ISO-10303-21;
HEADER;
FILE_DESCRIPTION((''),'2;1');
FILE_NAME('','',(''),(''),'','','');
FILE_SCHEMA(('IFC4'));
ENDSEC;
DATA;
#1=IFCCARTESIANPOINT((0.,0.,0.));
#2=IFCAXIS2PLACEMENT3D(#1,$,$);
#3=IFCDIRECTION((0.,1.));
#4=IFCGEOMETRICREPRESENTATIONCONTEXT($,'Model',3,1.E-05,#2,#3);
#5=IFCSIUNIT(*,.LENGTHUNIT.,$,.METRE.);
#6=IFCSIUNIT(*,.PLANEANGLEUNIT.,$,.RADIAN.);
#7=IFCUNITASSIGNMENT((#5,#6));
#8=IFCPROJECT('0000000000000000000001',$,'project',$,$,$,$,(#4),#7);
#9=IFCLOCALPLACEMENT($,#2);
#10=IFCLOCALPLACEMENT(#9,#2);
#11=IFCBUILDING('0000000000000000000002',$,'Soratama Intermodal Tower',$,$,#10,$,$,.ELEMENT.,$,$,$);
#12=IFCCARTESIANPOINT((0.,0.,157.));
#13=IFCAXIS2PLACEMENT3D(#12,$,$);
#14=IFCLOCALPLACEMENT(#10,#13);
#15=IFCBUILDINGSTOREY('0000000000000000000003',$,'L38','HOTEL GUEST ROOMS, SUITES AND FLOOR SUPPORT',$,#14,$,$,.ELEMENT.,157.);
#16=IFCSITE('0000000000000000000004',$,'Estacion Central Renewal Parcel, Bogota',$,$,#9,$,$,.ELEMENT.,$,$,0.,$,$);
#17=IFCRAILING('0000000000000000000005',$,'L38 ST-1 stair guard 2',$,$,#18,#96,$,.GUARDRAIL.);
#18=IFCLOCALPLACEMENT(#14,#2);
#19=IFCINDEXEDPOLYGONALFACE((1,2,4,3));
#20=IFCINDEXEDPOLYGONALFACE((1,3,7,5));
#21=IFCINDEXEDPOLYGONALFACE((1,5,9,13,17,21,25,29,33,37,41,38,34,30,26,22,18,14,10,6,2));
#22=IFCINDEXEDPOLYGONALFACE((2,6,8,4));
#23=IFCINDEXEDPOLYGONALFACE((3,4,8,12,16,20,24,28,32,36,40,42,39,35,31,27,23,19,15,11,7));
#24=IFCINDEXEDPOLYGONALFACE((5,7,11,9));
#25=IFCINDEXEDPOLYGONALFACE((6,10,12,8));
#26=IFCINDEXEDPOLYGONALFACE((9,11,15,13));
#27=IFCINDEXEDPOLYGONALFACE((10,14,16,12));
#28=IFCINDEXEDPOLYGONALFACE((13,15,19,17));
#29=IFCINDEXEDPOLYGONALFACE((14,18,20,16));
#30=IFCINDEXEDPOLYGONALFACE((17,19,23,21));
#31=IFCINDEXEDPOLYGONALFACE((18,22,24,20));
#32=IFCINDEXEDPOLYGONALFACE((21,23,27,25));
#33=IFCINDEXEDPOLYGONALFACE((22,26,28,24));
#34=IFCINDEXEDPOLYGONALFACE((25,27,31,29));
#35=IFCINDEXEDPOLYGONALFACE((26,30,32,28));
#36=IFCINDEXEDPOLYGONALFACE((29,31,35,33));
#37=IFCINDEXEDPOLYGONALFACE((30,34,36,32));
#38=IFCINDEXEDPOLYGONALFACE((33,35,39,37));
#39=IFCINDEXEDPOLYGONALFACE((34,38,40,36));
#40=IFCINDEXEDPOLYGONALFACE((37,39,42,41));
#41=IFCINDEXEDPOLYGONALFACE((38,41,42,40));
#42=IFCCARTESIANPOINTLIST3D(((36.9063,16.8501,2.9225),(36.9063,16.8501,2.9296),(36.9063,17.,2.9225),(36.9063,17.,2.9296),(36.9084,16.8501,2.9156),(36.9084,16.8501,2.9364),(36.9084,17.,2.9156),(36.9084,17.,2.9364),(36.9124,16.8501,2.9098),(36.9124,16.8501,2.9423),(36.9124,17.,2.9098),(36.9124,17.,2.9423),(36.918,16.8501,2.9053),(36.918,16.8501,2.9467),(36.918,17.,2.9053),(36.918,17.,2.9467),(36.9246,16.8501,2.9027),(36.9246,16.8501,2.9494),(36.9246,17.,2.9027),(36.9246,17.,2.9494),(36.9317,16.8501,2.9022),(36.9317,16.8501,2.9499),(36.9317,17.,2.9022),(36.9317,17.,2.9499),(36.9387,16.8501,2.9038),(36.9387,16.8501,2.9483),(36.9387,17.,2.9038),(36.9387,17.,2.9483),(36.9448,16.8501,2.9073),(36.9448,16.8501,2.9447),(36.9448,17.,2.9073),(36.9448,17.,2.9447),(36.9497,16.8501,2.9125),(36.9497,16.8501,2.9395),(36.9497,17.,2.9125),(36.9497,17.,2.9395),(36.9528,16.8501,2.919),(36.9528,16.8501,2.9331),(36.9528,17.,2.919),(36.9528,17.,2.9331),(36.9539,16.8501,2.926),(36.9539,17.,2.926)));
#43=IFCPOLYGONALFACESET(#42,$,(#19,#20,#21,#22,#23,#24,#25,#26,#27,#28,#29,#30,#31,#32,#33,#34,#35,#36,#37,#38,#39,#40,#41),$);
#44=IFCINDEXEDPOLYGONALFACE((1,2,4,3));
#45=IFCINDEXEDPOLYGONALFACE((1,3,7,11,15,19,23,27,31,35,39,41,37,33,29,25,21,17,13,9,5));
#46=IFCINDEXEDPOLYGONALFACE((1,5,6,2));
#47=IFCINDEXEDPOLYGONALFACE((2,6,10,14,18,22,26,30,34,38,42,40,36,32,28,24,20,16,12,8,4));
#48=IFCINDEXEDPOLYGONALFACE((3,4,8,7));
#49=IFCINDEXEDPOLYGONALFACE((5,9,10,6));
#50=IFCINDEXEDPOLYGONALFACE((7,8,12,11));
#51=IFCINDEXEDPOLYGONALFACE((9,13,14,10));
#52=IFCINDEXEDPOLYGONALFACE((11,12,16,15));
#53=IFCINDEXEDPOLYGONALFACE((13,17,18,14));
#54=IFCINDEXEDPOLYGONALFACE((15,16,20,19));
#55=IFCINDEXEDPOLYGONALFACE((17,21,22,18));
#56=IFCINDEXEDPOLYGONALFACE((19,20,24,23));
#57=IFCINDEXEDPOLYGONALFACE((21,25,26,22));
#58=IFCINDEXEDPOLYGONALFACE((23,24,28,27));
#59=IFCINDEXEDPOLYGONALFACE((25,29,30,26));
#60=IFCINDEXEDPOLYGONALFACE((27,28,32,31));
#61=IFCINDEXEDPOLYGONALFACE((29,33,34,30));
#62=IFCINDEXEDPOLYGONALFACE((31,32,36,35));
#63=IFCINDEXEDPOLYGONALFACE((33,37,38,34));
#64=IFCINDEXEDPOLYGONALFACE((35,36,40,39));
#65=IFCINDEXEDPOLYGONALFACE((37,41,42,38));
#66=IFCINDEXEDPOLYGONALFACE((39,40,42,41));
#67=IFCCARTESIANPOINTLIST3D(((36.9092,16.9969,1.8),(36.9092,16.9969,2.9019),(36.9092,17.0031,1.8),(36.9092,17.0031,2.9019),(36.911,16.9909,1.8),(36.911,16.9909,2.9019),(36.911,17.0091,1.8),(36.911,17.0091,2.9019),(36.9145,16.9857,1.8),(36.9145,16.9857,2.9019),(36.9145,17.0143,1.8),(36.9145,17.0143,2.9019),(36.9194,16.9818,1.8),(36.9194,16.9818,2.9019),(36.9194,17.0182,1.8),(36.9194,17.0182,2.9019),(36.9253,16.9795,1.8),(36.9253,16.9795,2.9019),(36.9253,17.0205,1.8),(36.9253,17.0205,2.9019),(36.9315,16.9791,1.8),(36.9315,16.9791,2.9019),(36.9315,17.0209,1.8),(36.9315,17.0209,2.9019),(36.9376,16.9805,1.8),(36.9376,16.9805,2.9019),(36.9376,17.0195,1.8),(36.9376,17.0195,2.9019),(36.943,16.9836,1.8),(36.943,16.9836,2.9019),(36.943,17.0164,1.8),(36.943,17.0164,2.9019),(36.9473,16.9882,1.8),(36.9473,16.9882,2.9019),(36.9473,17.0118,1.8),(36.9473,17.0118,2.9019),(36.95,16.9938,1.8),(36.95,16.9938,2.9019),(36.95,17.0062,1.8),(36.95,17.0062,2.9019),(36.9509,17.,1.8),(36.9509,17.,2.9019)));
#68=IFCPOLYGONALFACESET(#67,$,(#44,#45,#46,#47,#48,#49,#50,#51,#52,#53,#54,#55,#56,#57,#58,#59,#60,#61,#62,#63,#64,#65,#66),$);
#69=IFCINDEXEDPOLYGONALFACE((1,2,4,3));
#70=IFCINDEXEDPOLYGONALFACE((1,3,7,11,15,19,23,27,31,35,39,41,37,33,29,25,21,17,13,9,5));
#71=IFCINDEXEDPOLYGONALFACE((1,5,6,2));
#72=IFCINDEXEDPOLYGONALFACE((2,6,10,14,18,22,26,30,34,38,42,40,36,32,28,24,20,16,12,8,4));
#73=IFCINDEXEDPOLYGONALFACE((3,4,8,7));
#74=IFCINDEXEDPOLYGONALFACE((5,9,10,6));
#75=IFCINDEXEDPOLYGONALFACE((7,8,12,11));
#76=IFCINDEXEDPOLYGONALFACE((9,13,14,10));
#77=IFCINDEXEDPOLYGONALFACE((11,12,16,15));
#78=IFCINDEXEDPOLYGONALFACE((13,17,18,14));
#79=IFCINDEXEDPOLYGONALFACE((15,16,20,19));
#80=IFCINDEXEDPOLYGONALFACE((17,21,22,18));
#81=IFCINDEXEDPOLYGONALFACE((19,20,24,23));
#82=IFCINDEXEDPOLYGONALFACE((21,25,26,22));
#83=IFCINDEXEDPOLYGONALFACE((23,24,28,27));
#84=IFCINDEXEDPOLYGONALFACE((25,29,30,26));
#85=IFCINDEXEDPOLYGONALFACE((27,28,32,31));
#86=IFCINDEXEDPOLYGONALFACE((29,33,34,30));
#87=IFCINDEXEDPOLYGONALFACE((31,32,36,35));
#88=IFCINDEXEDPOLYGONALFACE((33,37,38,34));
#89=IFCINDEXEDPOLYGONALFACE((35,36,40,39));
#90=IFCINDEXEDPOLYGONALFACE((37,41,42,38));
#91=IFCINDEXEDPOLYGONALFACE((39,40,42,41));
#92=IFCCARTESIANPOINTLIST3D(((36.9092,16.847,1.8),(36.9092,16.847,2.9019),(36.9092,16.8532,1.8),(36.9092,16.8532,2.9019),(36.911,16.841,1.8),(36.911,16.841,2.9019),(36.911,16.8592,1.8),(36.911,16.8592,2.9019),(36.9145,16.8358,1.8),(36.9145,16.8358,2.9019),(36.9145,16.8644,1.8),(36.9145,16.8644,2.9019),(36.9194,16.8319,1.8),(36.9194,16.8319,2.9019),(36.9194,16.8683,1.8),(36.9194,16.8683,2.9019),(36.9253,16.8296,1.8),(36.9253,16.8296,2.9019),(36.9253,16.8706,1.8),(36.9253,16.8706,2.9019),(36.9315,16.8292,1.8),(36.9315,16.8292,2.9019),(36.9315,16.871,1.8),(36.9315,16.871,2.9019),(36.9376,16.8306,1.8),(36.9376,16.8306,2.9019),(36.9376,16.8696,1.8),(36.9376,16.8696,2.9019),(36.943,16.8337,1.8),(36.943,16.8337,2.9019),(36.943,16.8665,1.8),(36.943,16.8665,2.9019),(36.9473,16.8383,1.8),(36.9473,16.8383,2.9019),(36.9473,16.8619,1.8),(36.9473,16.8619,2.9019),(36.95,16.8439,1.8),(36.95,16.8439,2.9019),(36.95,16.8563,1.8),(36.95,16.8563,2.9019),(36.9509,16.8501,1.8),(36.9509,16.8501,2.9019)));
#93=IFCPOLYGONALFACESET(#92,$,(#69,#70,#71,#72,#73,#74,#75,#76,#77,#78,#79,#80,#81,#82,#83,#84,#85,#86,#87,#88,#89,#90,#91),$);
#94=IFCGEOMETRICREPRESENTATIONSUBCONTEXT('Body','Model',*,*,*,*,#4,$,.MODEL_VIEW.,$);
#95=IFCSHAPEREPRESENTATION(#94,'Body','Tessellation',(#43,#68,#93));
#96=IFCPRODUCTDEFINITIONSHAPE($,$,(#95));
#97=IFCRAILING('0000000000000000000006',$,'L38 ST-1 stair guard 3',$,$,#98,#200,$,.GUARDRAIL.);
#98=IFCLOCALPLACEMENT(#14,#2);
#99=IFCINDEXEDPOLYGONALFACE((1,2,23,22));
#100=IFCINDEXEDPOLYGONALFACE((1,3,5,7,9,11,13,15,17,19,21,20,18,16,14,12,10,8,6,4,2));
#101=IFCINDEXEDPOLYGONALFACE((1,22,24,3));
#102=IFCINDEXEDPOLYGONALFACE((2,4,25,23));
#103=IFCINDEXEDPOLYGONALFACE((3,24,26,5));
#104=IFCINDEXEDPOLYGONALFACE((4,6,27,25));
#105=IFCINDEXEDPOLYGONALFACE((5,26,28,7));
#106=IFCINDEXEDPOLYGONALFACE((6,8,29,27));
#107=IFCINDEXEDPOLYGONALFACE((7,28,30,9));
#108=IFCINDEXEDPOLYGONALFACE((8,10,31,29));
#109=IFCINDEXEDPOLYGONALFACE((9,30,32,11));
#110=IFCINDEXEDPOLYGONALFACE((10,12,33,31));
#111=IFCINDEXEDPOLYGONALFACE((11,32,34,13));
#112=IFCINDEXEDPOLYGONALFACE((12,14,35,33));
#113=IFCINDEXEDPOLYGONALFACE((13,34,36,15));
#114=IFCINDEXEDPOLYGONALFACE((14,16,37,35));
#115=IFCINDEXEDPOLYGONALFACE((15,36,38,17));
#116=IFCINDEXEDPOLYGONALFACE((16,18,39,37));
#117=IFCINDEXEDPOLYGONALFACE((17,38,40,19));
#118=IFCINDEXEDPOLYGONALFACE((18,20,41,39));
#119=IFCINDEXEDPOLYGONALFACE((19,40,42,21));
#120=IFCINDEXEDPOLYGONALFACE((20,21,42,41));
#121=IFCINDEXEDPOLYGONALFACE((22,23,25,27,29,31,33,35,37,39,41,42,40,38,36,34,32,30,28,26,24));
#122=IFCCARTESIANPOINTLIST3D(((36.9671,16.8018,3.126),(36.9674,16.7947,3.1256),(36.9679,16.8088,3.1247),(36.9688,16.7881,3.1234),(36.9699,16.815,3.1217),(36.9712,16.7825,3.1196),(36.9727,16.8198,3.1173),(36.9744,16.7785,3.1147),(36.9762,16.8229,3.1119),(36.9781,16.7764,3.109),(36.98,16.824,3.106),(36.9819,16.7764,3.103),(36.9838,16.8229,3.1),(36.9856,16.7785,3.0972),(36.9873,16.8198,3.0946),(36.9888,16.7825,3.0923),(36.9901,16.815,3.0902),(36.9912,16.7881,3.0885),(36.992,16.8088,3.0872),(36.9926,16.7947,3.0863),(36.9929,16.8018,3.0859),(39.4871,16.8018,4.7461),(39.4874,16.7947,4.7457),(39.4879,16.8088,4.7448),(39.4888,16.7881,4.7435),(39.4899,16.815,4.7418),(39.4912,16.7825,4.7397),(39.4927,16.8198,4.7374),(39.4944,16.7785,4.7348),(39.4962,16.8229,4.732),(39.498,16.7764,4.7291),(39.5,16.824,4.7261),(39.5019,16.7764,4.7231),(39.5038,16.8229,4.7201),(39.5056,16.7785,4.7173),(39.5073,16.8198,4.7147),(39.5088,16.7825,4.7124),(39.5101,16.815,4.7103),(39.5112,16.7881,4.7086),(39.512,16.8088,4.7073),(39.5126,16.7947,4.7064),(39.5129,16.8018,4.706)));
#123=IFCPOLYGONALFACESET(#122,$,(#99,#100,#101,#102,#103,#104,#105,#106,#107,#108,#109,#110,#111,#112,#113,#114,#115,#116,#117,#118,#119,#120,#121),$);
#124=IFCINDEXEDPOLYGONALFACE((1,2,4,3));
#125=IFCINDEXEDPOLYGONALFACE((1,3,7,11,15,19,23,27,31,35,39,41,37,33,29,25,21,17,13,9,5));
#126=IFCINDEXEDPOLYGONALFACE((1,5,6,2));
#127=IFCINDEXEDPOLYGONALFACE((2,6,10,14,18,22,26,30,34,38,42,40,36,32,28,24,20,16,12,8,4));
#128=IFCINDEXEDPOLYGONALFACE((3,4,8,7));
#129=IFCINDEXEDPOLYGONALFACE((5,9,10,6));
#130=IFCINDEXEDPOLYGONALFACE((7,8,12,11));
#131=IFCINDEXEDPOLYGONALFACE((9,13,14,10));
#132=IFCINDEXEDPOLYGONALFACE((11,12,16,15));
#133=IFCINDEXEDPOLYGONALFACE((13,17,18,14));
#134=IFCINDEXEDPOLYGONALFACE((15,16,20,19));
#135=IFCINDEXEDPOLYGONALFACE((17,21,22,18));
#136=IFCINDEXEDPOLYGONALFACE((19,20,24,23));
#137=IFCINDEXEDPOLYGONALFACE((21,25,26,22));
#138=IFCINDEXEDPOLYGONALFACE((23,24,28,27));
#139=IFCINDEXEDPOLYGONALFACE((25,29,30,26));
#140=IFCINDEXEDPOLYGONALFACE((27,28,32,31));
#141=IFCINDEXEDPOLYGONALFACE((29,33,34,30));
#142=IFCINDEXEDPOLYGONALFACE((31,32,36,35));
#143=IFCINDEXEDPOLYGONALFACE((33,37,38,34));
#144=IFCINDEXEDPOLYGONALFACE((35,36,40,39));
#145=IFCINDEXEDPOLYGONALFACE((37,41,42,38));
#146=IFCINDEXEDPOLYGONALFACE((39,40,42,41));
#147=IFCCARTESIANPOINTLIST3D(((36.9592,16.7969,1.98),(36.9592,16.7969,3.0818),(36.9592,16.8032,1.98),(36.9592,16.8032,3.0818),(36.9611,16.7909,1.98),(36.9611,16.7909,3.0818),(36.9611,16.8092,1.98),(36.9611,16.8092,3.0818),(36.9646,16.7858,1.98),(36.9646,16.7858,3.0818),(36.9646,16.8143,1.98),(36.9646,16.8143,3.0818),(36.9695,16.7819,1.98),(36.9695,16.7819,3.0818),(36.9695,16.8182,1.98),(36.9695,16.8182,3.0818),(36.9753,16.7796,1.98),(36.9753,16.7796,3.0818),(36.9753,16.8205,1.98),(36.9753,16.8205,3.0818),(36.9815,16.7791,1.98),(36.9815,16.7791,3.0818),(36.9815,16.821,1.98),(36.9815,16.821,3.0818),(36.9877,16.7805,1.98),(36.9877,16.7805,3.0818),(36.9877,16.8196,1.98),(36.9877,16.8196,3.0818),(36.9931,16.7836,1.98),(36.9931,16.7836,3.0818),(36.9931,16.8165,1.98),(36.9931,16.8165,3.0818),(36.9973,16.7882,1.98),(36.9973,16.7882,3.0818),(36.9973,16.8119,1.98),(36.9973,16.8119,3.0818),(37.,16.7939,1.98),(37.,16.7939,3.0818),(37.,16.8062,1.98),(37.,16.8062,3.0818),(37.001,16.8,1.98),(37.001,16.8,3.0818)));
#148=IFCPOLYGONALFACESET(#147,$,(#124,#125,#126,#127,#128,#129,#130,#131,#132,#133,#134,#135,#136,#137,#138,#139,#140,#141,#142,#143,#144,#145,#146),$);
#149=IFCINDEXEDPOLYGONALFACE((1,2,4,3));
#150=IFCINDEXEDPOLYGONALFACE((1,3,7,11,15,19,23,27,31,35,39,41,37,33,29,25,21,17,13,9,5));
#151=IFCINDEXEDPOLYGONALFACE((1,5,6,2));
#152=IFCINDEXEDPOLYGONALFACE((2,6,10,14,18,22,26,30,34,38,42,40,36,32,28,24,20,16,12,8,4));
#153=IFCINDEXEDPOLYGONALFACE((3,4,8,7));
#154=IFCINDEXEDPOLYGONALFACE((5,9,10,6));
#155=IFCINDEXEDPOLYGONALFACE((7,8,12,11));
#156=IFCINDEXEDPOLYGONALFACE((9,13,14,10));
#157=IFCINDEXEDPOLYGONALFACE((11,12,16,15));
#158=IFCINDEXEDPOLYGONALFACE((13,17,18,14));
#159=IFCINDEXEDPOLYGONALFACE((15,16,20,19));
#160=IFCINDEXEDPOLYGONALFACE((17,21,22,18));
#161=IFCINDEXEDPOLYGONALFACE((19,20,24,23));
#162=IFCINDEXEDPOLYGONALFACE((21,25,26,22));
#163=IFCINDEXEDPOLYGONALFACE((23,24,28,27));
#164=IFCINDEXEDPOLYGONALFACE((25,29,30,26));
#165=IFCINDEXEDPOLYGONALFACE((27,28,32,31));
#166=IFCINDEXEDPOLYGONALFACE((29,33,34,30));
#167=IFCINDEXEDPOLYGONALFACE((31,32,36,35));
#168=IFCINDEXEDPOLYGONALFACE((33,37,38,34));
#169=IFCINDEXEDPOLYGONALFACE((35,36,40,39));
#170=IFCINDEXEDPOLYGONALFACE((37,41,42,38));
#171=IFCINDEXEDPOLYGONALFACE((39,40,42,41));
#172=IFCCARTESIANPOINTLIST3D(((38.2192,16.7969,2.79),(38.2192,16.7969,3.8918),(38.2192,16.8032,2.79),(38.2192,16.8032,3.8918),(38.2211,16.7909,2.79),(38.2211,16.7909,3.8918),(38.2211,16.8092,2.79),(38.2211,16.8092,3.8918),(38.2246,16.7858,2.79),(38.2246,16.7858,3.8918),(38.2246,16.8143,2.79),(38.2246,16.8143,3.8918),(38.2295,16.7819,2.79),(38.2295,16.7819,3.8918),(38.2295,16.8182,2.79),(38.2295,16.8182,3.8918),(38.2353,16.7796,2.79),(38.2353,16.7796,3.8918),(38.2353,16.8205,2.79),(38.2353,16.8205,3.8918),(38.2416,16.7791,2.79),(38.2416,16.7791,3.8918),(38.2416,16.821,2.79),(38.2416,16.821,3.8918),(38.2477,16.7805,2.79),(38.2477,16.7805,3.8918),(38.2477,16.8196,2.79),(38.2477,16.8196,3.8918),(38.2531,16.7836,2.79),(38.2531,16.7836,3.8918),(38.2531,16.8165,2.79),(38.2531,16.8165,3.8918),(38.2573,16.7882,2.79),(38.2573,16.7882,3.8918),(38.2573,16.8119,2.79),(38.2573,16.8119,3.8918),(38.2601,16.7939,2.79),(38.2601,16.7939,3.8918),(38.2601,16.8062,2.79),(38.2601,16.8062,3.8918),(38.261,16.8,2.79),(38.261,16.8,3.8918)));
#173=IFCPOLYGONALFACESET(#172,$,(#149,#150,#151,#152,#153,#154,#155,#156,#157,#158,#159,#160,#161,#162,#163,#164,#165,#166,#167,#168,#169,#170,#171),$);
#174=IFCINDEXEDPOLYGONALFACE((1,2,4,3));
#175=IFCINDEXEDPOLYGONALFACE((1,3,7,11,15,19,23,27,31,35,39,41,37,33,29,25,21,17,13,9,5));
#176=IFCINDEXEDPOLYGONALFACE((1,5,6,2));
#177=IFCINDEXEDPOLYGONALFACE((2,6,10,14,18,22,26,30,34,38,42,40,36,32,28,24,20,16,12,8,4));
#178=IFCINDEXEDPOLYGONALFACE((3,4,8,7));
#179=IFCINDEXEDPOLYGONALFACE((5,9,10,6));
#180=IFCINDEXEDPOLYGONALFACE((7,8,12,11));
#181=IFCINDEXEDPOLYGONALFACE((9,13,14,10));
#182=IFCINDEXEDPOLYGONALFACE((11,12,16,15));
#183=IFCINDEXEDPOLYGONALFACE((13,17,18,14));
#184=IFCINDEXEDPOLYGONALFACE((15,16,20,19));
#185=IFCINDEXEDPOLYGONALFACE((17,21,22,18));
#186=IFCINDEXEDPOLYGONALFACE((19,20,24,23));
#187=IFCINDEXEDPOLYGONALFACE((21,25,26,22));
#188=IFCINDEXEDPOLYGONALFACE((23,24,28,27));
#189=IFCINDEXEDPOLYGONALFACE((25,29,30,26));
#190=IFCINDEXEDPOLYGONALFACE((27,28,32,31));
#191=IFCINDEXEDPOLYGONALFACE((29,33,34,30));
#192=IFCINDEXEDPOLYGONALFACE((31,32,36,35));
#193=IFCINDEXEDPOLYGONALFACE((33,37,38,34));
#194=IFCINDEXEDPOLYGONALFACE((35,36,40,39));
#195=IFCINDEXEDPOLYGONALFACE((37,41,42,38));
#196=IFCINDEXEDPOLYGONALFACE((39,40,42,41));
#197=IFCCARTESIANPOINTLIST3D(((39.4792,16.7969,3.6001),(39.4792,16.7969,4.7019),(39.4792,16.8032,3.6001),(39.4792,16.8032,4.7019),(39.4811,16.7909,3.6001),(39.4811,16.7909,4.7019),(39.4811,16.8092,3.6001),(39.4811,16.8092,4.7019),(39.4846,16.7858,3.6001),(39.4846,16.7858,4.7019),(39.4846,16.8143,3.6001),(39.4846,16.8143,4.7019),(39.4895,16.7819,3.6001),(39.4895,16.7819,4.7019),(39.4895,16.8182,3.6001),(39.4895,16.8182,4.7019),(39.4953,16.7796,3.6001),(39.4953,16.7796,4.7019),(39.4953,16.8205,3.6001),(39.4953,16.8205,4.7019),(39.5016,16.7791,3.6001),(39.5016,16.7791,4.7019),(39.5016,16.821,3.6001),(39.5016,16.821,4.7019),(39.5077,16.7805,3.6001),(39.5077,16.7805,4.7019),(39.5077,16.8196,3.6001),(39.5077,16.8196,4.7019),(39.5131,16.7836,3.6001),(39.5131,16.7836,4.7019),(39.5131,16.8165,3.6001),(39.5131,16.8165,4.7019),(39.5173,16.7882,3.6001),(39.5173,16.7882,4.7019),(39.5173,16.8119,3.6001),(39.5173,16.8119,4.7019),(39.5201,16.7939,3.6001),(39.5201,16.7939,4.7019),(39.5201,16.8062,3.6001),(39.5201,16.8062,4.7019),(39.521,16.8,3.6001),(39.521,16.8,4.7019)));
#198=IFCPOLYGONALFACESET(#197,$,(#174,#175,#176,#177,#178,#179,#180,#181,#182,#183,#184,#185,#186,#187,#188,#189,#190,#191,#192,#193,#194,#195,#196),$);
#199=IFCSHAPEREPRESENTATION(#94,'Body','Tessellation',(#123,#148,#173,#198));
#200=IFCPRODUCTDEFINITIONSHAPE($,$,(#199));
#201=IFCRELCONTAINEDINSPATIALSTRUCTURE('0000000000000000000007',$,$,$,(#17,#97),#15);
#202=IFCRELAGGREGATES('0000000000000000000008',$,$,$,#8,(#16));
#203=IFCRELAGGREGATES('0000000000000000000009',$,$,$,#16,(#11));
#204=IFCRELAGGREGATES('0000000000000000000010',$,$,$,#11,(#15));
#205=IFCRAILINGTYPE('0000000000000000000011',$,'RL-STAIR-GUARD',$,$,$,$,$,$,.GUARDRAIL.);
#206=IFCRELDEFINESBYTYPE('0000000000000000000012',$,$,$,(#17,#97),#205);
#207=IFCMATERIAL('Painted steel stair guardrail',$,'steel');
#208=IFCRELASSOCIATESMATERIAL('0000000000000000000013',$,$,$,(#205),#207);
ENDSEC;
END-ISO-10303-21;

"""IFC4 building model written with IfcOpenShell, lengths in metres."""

from ifc_helpers import new_model, si_unit, direction, frame, origin, origin_2d, place, context, subcontext, project, spatial, circle, extrude, material, type_object, element, save


model = new_model("IFC4")

# Units and contexts
model_context = context("Model", 3, precision=1e-05, world=origin(), true_north=direction((0.0, 1.0)))
body_context = subcontext(model_context, "Body", "Model", "MODEL_VIEW")
ifc_project = project(units=[si_unit("LENGTHUNIT", "METRE"), si_unit("PLANEANGLEUNIT", "RADIAN")], contexts=[model_context])

# Site, building, storey
site_placement = place(None, origin())
site = spatial("IfcSite", under=ifc_project, at=site_placement, Name="Estacion Central Renewal Parcel, Bogota", CompositionType="ELEMENT", RefElevation=0.0)
building_placement = place(site_placement, origin())
building = spatial("IfcBuilding", under=site, at=building_placement, Name="Soratama Intermodal Tower", CompositionType="ELEMENT")
storey_placement = place(building_placement, frame((0.0, 0.0, 157.0)))
storey = spatial("IfcBuildingStorey", under=building, at=storey_placement, Name="L38", Description="HOTEL GUEST ROOMS, SUITES AND FLOOR SUPPORT", CompositionType="ELEMENT", Elevation=157.0)

# Railings
ifc_material_1 = material(Name="Painted steel stair guardrail", Category="steel")
railing_type_1 = type_object("IfcRailingType", Name="RL-STAIR-GUARD", PredefinedType="GUARDRAIL", material=ifc_material_1)
railing_1_placement = place(storey_placement, frame((36.9299, 17.0, 1.8)))
element("IfcRailing", 1, at=railing_1_placement, inside=storey, type_object=railing_type_1, Name="L38 ST-1 stair guard 2", PredefinedType="GUARDRAIL", context=body_context, shape_type="SweptSolid", body=[
    extrude(circle(Radius=0.0239, at=origin_2d()), frame((0.0, 0.0, 1.126), z_axis=(0.0, -1.0, 0.0), x_axis=(1.0, 0.0, 0.0)), (0.0, 0.0, 1.0), 0.1499),
    extrude(circle(Radius=0.021, at=origin_2d()), origin(), (0.0, 0.0, 1.0), 1.1018),
    extrude(circle(Radius=0.021, at=origin_2d()), frame((0.0, -0.1499, 0.0)), (0.0, 0.0, 1.0), 1.1018),
])
railing_2_placement = place(storey_placement, frame((36.98, 16.8, 1.98)))
element("IfcRailing", 2, at=railing_2_placement, inside=storey, type_object=railing_type_1, Name="L38 ST-1 stair guard 3", PredefinedType="GUARDRAIL", context=body_context, shape_type="SweptSolid", body=[
    extrude(circle(Radius=0.0239, at=origin_2d()), frame((0.0, 0.0, 1.126), z_axis=(0.841163, 0.0, 0.540782), x_axis=(0.0, 1.0, 0.0)), (0.0, 0.0, 1.0), 2.9958),
    extrude(circle(Radius=0.021, at=origin_2d()), origin(), (0.0, 0.0, 1.0), 1.1018),
    extrude(circle(Radius=0.021, at=origin_2d()), frame((1.26, 0.0, 0.8101)), (0.0, 0.0, 1.0), 1.1018),
    extrude(circle(Radius=0.021, at=origin_2d()), frame((2.52, 0.0, 1.6201)), (0.0, 0.0, 1.0), 1.1018),
])

save(model, "model.ifc")
